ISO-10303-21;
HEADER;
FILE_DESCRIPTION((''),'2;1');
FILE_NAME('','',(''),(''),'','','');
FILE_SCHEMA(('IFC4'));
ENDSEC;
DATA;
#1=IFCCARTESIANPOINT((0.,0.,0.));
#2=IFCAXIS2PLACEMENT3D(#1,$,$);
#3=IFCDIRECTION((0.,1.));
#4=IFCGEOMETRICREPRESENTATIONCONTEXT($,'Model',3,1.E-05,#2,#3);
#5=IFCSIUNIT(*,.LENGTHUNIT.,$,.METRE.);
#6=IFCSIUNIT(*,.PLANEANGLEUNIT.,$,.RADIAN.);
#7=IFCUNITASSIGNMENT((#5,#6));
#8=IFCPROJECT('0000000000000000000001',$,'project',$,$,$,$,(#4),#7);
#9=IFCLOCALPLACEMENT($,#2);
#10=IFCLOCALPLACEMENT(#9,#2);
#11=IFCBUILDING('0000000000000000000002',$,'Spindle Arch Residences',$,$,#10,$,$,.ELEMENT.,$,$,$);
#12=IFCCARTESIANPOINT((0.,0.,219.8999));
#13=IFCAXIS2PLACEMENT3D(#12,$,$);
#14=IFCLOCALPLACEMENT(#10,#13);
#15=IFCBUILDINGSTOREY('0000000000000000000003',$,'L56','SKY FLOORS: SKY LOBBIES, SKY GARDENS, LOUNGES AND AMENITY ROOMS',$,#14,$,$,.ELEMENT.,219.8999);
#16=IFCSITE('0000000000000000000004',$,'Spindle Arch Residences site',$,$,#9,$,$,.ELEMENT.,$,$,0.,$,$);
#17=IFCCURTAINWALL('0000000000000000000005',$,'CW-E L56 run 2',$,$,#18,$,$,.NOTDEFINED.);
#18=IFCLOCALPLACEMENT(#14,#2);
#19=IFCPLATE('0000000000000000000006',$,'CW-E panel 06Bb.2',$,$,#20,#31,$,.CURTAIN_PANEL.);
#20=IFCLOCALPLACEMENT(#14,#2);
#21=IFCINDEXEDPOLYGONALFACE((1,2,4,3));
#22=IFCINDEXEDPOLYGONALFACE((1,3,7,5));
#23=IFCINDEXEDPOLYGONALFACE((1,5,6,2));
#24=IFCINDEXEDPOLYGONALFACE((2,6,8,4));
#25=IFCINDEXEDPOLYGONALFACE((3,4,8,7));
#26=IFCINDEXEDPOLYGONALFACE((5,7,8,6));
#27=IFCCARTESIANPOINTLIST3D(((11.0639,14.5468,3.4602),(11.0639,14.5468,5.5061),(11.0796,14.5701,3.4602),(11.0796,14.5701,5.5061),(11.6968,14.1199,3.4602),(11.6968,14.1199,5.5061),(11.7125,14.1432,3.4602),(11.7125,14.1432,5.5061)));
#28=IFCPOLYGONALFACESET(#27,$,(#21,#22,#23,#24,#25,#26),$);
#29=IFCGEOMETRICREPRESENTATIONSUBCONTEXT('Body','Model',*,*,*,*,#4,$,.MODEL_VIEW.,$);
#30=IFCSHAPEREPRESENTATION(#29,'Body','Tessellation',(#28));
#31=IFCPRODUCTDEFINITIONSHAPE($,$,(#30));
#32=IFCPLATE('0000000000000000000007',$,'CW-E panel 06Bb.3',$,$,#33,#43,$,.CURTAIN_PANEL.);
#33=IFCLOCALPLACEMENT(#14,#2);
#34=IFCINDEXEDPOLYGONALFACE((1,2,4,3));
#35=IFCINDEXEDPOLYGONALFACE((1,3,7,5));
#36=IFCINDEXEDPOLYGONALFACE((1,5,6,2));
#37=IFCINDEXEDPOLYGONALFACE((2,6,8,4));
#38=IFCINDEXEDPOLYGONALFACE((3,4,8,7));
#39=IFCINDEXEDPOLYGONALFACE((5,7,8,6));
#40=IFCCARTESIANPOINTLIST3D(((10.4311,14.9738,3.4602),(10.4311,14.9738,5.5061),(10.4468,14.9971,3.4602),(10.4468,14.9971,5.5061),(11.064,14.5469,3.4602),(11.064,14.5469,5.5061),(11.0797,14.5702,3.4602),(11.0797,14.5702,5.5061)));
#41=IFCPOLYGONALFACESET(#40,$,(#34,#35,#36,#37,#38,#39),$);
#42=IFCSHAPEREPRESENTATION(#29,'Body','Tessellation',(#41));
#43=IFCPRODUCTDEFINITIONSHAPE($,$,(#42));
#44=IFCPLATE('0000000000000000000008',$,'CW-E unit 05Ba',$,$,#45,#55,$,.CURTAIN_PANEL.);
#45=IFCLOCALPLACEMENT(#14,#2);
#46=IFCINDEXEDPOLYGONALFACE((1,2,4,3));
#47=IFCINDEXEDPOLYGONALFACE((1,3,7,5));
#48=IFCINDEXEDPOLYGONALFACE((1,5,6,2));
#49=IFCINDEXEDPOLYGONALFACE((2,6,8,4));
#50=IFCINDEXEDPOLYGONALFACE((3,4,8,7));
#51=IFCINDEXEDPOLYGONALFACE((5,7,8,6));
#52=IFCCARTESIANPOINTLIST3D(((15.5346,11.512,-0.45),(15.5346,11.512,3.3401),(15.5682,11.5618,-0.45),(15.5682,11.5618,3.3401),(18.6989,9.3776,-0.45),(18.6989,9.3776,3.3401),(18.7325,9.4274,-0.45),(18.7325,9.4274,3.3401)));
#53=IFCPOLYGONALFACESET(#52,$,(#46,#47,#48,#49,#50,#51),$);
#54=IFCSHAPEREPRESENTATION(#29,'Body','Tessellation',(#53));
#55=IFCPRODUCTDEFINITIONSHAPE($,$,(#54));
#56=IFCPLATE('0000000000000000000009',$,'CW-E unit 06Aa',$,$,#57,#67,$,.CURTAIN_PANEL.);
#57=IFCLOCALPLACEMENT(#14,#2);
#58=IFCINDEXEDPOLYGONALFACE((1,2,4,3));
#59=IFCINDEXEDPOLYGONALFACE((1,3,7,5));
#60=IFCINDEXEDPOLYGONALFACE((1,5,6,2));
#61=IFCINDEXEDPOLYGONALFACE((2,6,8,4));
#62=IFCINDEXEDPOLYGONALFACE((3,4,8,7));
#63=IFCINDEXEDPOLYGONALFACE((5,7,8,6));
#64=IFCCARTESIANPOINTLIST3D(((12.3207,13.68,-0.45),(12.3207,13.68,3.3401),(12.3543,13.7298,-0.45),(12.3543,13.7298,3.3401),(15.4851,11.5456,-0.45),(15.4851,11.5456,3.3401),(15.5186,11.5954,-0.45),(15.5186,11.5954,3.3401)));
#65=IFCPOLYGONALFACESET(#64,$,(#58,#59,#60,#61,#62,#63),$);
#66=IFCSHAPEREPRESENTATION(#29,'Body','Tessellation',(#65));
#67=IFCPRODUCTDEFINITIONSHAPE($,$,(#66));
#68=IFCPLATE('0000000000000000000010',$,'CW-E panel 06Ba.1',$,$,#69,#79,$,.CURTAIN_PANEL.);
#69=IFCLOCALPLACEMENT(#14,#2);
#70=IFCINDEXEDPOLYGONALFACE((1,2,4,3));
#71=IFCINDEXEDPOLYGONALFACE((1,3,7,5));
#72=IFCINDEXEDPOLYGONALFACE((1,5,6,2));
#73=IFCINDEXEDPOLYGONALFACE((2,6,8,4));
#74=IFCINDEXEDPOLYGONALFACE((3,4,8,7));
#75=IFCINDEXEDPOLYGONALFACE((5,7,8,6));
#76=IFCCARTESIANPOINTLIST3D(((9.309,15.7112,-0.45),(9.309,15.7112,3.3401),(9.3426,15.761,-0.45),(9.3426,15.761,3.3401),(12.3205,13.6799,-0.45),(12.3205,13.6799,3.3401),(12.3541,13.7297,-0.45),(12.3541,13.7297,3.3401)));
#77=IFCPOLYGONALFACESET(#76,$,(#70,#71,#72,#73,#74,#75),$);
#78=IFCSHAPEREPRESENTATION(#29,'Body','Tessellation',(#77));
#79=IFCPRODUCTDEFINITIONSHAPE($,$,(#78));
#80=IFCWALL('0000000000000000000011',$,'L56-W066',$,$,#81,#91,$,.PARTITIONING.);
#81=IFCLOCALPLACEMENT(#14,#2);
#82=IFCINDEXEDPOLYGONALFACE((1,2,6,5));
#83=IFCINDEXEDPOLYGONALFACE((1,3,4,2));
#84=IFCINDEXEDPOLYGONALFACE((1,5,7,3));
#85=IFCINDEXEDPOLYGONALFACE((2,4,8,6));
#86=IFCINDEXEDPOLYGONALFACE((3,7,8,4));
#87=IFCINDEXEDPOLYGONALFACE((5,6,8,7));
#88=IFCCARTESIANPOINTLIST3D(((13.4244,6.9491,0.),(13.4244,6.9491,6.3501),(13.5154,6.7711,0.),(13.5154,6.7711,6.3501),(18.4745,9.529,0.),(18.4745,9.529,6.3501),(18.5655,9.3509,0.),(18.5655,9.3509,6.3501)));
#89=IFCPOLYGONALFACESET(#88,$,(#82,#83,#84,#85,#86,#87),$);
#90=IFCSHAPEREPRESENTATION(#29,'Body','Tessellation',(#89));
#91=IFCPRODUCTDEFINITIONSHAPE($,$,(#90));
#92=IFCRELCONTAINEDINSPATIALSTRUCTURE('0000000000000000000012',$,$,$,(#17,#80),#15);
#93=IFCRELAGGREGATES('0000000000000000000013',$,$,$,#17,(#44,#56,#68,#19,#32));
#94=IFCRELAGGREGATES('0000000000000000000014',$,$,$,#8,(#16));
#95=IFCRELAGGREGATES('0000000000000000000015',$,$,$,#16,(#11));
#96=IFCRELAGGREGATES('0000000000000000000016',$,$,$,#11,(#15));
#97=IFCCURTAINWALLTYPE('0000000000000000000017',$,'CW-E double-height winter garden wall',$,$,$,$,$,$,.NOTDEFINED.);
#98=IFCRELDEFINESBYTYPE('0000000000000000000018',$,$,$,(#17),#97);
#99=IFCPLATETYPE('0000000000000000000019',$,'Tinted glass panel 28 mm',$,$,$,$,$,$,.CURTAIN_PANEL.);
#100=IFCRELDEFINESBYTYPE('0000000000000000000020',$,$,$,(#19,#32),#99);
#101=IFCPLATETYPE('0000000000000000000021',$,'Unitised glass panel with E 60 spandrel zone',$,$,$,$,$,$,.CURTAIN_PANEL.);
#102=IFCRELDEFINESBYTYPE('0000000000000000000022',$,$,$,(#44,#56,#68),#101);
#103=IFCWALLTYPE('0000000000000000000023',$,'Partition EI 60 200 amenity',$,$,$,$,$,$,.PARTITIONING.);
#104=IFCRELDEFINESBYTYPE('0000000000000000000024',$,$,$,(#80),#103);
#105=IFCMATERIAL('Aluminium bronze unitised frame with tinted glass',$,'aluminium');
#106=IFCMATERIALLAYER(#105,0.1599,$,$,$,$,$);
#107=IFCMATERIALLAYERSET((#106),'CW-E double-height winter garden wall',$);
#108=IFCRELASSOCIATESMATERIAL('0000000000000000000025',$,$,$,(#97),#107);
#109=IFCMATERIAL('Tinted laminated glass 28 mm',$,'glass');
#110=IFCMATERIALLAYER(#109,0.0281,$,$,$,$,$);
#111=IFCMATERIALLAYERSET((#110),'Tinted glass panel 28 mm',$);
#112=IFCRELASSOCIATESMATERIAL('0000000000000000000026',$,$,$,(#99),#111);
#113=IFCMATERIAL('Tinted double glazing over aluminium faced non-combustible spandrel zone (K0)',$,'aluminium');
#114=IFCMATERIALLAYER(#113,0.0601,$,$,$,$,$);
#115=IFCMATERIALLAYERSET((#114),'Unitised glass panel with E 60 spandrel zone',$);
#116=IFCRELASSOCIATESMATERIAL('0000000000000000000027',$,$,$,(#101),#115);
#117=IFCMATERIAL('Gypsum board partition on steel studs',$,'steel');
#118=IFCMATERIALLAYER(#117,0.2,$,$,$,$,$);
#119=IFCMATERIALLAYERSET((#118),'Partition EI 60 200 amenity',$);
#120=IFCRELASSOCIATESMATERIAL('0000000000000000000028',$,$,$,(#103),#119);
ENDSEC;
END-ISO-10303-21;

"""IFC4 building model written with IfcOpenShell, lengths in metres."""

from ifc_helpers import new_model, si_unit, direction, frame, frame_2d, origin, origin_2d, place, context, subcontext, project, spatial, rectangle, extrude, material, layer, layer_set, type_object, element, aggregate, save


model = new_model("IFC4")

# Units and contexts
model_context = context("Model", 3, precision=1e-05, world=origin(), true_north=direction((0.0, 1.0)))
body_context = subcontext(model_context, "Body", "Model", "MODEL_VIEW")
ifc_project = project(units=[si_unit("LENGTHUNIT", "METRE"), si_unit("PLANEANGLEUNIT", "RADIAN")], contexts=[model_context])

# Site, building, storey
site_placement = place(None, origin())
site = spatial("IfcSite", under=ifc_project, at=site_placement, Name="Spindle Arch Residences site", CompositionType="ELEMENT", RefElevation=0.0)
building_placement = place(site_placement, origin())
building = spatial("IfcBuilding", under=site, at=building_placement, Name="Spindle Arch Residences", CompositionType="ELEMENT")
storey_placement = place(building_placement, frame((0.0, 0.0, 219.8999)))
storey = spatial("IfcBuildingStorey", under=building, at=storey_placement, Name="L56", Description="SKY FLOORS: SKY LOBBIES, SKY GARDENS, LOUNGES AND AMENITY ROOMS", CompositionType="ELEMENT", Elevation=219.8999)

# Curtain wall, plates
ifc_material_1 = material(Name="Aluminium bronze unitised frame with tinted glass", Category="aluminium")
ifc_layer_1 = layer(ifc_material_1, 0.1599)
ifc_layer_set_1 = layer_set([ifc_layer_1], Name="CW-E double-height winter garden wall")
curtain_wall_type = type_object("IfcCurtainWallType", Name="CW-E double-height winter garden wall", PredefinedType="NOTDEFINED", material=ifc_layer_set_1)
curtain_wall_placement = place(storey_placement, origin())
curtain_wall = element("IfcCurtainWall", 1, at=curtain_wall_placement, inside=storey, type_object=curtain_wall_type, Name="CW-E L56 run 2", PredefinedType="NOTDEFINED")
ifc_material_2 = material(Name="Tinted laminated glass 28 mm", Category="glass")
ifc_layer_2 = layer(ifc_material_2, 0.0281)
ifc_layer_set_2 = layer_set([ifc_layer_2], Name="Tinted glass panel 28 mm")
plate_type_1 = type_object("IfcPlateType", Name="Tinted glass panel 28 mm", PredefinedType="CURTAIN_PANEL", material=ifc_layer_set_2)
plate_1_placement = place(storey_placement, frame((11.3882, 14.345, 3.4602), z_axis=(0.0, 0.0, 1.0), x_axis=(-0.829038, 0.559193, 0.0)))
plate_1 = element("IfcPlate", 2, at=plate_1_placement, type_object=plate_type_1, Name="CW-E panel 06Bb.2", PredefinedType="CURTAIN_PANEL", context=body_context, shape_type="SweptSolid", body=[
    extrude(rectangle(XDim=0.7634, YDim=0.0281, at=origin_2d()), origin(), (0.0, 0.0, 1.0), 2.0459),
])
plate_2_placement = place(storey_placement, frame((10.7554, 14.772, 3.4602), z_axis=(0.0, 0.0, 1.0), x_axis=(-0.829038, 0.559193, 0.0)))
plate_2 = element("IfcPlate", 3, at=plate_2_placement, type_object=plate_type_1, Name="CW-E panel 06Bb.3", PredefinedType="CURTAIN_PANEL", context=body_context, shape_type="SweptSolid", body=[
    extrude(rectangle(XDim=0.7634, YDim=0.0281, at=origin_2d()), origin(), (0.0, 0.0, 1.0), 2.0459),
])
ifc_material_3 = material(Name="Tinted double glazing over aluminium faced non-combustible spandrel zone (K0)", Category="aluminium")
ifc_layer_3 = layer(ifc_material_3, 0.0601)
ifc_layer_set_3 = layer_set([ifc_layer_3], Name="Unitised glass panel with E 60 spandrel zone")
plate_type_2 = type_object("IfcPlateType", Name="Unitised glass panel with E 60 spandrel zone", PredefinedType="CURTAIN_PANEL", material=ifc_layer_set_3)
plate_3_placement = place(storey_placement, frame((17.1335, 10.4697, -0.45), z_axis=(0.0, 0.0, 1.0), x_axis=(-0.829038, 0.559193, 0.0)))
plate_3 = element("IfcPlate", 4, at=plate_3_placement, type_object=plate_type_2, Name="CW-E unit 05Ba", PredefinedType="CURTAIN_PANEL", context=body_context, shape_type="SweptSolid", body=[
    extrude(rectangle(XDim=3.8169, YDim=0.0601, at=origin_2d()), origin(), (0.0, 0.0, 1.0), 3.79),
])
plate_4_placement = place(storey_placement, frame((13.9197, 12.6377, -0.45), z_axis=(0.0, 0.0, 1.0), x_axis=(-0.829038, 0.559193, 0.0)))
plate_4 = element("IfcPlate", 5, at=plate_4_placement, type_object=plate_type_2, Name="CW-E unit 06Aa", PredefinedType="CURTAIN_PANEL", context=body_context, shape_type="SweptSolid", body=[
    extrude(rectangle(XDim=3.8169, YDim=0.0601, at=origin_2d()), origin(), (0.0, 0.0, 1.0), 3.79),
])
plate_5_placement = place(storey_placement, frame((10.8315, 14.7205, -0.45), z_axis=(0.0, 0.0, 1.0), x_axis=(-0.829038, 0.559193, 0.0)))
plate_5 = element("IfcPlate", 6, at=plate_5_placement, type_object=plate_type_2, Name="CW-E panel 06Ba.1", PredefinedType="CURTAIN_PANEL", context=body_context, shape_type="SweptSolid", body=[
    extrude(rectangle(XDim=3.6326, YDim=0.0601, at=origin_2d()), origin(), (0.0, 0.0, 1.0), 3.79),
])
aggregate(curtain_wall, [plate_3, plate_4, plate_5, plate_1, plate_2])

# Wall
ifc_material_4 = material(Name="Gypsum board partition on steel studs", Category="steel")
ifc_layer_4 = layer(ifc_material_4, 0.2)
ifc_layer_set_4 = layer_set([ifc_layer_4], Name="Partition EI 60 200 amenity")
wall_type = type_object("IfcWallType", Name="Partition EI 60 200 amenity", PredefinedType="PARTITIONING", material=ifc_layer_set_4)
wall_placement = place(storey_placement, frame((18.52, 9.4399, 0.0), z_axis=(0.0, 0.0, 1.0), x_axis=(-0.890528, -0.454929, 0.0)))
element("IfcWall", 7, at=wall_placement, inside=storey, type_object=wall_type, Name="L56-W066", PredefinedType="PARTITIONING", context=body_context, shape_type="SweptSolid", body=[
    extrude(rectangle(XDim=5.6709, YDim=0.2, at=frame_2d((2.8354, 0.0))), origin(), (0.0, 0.0, 1.0), 6.3501),
])

save(model, "model.ifc")
